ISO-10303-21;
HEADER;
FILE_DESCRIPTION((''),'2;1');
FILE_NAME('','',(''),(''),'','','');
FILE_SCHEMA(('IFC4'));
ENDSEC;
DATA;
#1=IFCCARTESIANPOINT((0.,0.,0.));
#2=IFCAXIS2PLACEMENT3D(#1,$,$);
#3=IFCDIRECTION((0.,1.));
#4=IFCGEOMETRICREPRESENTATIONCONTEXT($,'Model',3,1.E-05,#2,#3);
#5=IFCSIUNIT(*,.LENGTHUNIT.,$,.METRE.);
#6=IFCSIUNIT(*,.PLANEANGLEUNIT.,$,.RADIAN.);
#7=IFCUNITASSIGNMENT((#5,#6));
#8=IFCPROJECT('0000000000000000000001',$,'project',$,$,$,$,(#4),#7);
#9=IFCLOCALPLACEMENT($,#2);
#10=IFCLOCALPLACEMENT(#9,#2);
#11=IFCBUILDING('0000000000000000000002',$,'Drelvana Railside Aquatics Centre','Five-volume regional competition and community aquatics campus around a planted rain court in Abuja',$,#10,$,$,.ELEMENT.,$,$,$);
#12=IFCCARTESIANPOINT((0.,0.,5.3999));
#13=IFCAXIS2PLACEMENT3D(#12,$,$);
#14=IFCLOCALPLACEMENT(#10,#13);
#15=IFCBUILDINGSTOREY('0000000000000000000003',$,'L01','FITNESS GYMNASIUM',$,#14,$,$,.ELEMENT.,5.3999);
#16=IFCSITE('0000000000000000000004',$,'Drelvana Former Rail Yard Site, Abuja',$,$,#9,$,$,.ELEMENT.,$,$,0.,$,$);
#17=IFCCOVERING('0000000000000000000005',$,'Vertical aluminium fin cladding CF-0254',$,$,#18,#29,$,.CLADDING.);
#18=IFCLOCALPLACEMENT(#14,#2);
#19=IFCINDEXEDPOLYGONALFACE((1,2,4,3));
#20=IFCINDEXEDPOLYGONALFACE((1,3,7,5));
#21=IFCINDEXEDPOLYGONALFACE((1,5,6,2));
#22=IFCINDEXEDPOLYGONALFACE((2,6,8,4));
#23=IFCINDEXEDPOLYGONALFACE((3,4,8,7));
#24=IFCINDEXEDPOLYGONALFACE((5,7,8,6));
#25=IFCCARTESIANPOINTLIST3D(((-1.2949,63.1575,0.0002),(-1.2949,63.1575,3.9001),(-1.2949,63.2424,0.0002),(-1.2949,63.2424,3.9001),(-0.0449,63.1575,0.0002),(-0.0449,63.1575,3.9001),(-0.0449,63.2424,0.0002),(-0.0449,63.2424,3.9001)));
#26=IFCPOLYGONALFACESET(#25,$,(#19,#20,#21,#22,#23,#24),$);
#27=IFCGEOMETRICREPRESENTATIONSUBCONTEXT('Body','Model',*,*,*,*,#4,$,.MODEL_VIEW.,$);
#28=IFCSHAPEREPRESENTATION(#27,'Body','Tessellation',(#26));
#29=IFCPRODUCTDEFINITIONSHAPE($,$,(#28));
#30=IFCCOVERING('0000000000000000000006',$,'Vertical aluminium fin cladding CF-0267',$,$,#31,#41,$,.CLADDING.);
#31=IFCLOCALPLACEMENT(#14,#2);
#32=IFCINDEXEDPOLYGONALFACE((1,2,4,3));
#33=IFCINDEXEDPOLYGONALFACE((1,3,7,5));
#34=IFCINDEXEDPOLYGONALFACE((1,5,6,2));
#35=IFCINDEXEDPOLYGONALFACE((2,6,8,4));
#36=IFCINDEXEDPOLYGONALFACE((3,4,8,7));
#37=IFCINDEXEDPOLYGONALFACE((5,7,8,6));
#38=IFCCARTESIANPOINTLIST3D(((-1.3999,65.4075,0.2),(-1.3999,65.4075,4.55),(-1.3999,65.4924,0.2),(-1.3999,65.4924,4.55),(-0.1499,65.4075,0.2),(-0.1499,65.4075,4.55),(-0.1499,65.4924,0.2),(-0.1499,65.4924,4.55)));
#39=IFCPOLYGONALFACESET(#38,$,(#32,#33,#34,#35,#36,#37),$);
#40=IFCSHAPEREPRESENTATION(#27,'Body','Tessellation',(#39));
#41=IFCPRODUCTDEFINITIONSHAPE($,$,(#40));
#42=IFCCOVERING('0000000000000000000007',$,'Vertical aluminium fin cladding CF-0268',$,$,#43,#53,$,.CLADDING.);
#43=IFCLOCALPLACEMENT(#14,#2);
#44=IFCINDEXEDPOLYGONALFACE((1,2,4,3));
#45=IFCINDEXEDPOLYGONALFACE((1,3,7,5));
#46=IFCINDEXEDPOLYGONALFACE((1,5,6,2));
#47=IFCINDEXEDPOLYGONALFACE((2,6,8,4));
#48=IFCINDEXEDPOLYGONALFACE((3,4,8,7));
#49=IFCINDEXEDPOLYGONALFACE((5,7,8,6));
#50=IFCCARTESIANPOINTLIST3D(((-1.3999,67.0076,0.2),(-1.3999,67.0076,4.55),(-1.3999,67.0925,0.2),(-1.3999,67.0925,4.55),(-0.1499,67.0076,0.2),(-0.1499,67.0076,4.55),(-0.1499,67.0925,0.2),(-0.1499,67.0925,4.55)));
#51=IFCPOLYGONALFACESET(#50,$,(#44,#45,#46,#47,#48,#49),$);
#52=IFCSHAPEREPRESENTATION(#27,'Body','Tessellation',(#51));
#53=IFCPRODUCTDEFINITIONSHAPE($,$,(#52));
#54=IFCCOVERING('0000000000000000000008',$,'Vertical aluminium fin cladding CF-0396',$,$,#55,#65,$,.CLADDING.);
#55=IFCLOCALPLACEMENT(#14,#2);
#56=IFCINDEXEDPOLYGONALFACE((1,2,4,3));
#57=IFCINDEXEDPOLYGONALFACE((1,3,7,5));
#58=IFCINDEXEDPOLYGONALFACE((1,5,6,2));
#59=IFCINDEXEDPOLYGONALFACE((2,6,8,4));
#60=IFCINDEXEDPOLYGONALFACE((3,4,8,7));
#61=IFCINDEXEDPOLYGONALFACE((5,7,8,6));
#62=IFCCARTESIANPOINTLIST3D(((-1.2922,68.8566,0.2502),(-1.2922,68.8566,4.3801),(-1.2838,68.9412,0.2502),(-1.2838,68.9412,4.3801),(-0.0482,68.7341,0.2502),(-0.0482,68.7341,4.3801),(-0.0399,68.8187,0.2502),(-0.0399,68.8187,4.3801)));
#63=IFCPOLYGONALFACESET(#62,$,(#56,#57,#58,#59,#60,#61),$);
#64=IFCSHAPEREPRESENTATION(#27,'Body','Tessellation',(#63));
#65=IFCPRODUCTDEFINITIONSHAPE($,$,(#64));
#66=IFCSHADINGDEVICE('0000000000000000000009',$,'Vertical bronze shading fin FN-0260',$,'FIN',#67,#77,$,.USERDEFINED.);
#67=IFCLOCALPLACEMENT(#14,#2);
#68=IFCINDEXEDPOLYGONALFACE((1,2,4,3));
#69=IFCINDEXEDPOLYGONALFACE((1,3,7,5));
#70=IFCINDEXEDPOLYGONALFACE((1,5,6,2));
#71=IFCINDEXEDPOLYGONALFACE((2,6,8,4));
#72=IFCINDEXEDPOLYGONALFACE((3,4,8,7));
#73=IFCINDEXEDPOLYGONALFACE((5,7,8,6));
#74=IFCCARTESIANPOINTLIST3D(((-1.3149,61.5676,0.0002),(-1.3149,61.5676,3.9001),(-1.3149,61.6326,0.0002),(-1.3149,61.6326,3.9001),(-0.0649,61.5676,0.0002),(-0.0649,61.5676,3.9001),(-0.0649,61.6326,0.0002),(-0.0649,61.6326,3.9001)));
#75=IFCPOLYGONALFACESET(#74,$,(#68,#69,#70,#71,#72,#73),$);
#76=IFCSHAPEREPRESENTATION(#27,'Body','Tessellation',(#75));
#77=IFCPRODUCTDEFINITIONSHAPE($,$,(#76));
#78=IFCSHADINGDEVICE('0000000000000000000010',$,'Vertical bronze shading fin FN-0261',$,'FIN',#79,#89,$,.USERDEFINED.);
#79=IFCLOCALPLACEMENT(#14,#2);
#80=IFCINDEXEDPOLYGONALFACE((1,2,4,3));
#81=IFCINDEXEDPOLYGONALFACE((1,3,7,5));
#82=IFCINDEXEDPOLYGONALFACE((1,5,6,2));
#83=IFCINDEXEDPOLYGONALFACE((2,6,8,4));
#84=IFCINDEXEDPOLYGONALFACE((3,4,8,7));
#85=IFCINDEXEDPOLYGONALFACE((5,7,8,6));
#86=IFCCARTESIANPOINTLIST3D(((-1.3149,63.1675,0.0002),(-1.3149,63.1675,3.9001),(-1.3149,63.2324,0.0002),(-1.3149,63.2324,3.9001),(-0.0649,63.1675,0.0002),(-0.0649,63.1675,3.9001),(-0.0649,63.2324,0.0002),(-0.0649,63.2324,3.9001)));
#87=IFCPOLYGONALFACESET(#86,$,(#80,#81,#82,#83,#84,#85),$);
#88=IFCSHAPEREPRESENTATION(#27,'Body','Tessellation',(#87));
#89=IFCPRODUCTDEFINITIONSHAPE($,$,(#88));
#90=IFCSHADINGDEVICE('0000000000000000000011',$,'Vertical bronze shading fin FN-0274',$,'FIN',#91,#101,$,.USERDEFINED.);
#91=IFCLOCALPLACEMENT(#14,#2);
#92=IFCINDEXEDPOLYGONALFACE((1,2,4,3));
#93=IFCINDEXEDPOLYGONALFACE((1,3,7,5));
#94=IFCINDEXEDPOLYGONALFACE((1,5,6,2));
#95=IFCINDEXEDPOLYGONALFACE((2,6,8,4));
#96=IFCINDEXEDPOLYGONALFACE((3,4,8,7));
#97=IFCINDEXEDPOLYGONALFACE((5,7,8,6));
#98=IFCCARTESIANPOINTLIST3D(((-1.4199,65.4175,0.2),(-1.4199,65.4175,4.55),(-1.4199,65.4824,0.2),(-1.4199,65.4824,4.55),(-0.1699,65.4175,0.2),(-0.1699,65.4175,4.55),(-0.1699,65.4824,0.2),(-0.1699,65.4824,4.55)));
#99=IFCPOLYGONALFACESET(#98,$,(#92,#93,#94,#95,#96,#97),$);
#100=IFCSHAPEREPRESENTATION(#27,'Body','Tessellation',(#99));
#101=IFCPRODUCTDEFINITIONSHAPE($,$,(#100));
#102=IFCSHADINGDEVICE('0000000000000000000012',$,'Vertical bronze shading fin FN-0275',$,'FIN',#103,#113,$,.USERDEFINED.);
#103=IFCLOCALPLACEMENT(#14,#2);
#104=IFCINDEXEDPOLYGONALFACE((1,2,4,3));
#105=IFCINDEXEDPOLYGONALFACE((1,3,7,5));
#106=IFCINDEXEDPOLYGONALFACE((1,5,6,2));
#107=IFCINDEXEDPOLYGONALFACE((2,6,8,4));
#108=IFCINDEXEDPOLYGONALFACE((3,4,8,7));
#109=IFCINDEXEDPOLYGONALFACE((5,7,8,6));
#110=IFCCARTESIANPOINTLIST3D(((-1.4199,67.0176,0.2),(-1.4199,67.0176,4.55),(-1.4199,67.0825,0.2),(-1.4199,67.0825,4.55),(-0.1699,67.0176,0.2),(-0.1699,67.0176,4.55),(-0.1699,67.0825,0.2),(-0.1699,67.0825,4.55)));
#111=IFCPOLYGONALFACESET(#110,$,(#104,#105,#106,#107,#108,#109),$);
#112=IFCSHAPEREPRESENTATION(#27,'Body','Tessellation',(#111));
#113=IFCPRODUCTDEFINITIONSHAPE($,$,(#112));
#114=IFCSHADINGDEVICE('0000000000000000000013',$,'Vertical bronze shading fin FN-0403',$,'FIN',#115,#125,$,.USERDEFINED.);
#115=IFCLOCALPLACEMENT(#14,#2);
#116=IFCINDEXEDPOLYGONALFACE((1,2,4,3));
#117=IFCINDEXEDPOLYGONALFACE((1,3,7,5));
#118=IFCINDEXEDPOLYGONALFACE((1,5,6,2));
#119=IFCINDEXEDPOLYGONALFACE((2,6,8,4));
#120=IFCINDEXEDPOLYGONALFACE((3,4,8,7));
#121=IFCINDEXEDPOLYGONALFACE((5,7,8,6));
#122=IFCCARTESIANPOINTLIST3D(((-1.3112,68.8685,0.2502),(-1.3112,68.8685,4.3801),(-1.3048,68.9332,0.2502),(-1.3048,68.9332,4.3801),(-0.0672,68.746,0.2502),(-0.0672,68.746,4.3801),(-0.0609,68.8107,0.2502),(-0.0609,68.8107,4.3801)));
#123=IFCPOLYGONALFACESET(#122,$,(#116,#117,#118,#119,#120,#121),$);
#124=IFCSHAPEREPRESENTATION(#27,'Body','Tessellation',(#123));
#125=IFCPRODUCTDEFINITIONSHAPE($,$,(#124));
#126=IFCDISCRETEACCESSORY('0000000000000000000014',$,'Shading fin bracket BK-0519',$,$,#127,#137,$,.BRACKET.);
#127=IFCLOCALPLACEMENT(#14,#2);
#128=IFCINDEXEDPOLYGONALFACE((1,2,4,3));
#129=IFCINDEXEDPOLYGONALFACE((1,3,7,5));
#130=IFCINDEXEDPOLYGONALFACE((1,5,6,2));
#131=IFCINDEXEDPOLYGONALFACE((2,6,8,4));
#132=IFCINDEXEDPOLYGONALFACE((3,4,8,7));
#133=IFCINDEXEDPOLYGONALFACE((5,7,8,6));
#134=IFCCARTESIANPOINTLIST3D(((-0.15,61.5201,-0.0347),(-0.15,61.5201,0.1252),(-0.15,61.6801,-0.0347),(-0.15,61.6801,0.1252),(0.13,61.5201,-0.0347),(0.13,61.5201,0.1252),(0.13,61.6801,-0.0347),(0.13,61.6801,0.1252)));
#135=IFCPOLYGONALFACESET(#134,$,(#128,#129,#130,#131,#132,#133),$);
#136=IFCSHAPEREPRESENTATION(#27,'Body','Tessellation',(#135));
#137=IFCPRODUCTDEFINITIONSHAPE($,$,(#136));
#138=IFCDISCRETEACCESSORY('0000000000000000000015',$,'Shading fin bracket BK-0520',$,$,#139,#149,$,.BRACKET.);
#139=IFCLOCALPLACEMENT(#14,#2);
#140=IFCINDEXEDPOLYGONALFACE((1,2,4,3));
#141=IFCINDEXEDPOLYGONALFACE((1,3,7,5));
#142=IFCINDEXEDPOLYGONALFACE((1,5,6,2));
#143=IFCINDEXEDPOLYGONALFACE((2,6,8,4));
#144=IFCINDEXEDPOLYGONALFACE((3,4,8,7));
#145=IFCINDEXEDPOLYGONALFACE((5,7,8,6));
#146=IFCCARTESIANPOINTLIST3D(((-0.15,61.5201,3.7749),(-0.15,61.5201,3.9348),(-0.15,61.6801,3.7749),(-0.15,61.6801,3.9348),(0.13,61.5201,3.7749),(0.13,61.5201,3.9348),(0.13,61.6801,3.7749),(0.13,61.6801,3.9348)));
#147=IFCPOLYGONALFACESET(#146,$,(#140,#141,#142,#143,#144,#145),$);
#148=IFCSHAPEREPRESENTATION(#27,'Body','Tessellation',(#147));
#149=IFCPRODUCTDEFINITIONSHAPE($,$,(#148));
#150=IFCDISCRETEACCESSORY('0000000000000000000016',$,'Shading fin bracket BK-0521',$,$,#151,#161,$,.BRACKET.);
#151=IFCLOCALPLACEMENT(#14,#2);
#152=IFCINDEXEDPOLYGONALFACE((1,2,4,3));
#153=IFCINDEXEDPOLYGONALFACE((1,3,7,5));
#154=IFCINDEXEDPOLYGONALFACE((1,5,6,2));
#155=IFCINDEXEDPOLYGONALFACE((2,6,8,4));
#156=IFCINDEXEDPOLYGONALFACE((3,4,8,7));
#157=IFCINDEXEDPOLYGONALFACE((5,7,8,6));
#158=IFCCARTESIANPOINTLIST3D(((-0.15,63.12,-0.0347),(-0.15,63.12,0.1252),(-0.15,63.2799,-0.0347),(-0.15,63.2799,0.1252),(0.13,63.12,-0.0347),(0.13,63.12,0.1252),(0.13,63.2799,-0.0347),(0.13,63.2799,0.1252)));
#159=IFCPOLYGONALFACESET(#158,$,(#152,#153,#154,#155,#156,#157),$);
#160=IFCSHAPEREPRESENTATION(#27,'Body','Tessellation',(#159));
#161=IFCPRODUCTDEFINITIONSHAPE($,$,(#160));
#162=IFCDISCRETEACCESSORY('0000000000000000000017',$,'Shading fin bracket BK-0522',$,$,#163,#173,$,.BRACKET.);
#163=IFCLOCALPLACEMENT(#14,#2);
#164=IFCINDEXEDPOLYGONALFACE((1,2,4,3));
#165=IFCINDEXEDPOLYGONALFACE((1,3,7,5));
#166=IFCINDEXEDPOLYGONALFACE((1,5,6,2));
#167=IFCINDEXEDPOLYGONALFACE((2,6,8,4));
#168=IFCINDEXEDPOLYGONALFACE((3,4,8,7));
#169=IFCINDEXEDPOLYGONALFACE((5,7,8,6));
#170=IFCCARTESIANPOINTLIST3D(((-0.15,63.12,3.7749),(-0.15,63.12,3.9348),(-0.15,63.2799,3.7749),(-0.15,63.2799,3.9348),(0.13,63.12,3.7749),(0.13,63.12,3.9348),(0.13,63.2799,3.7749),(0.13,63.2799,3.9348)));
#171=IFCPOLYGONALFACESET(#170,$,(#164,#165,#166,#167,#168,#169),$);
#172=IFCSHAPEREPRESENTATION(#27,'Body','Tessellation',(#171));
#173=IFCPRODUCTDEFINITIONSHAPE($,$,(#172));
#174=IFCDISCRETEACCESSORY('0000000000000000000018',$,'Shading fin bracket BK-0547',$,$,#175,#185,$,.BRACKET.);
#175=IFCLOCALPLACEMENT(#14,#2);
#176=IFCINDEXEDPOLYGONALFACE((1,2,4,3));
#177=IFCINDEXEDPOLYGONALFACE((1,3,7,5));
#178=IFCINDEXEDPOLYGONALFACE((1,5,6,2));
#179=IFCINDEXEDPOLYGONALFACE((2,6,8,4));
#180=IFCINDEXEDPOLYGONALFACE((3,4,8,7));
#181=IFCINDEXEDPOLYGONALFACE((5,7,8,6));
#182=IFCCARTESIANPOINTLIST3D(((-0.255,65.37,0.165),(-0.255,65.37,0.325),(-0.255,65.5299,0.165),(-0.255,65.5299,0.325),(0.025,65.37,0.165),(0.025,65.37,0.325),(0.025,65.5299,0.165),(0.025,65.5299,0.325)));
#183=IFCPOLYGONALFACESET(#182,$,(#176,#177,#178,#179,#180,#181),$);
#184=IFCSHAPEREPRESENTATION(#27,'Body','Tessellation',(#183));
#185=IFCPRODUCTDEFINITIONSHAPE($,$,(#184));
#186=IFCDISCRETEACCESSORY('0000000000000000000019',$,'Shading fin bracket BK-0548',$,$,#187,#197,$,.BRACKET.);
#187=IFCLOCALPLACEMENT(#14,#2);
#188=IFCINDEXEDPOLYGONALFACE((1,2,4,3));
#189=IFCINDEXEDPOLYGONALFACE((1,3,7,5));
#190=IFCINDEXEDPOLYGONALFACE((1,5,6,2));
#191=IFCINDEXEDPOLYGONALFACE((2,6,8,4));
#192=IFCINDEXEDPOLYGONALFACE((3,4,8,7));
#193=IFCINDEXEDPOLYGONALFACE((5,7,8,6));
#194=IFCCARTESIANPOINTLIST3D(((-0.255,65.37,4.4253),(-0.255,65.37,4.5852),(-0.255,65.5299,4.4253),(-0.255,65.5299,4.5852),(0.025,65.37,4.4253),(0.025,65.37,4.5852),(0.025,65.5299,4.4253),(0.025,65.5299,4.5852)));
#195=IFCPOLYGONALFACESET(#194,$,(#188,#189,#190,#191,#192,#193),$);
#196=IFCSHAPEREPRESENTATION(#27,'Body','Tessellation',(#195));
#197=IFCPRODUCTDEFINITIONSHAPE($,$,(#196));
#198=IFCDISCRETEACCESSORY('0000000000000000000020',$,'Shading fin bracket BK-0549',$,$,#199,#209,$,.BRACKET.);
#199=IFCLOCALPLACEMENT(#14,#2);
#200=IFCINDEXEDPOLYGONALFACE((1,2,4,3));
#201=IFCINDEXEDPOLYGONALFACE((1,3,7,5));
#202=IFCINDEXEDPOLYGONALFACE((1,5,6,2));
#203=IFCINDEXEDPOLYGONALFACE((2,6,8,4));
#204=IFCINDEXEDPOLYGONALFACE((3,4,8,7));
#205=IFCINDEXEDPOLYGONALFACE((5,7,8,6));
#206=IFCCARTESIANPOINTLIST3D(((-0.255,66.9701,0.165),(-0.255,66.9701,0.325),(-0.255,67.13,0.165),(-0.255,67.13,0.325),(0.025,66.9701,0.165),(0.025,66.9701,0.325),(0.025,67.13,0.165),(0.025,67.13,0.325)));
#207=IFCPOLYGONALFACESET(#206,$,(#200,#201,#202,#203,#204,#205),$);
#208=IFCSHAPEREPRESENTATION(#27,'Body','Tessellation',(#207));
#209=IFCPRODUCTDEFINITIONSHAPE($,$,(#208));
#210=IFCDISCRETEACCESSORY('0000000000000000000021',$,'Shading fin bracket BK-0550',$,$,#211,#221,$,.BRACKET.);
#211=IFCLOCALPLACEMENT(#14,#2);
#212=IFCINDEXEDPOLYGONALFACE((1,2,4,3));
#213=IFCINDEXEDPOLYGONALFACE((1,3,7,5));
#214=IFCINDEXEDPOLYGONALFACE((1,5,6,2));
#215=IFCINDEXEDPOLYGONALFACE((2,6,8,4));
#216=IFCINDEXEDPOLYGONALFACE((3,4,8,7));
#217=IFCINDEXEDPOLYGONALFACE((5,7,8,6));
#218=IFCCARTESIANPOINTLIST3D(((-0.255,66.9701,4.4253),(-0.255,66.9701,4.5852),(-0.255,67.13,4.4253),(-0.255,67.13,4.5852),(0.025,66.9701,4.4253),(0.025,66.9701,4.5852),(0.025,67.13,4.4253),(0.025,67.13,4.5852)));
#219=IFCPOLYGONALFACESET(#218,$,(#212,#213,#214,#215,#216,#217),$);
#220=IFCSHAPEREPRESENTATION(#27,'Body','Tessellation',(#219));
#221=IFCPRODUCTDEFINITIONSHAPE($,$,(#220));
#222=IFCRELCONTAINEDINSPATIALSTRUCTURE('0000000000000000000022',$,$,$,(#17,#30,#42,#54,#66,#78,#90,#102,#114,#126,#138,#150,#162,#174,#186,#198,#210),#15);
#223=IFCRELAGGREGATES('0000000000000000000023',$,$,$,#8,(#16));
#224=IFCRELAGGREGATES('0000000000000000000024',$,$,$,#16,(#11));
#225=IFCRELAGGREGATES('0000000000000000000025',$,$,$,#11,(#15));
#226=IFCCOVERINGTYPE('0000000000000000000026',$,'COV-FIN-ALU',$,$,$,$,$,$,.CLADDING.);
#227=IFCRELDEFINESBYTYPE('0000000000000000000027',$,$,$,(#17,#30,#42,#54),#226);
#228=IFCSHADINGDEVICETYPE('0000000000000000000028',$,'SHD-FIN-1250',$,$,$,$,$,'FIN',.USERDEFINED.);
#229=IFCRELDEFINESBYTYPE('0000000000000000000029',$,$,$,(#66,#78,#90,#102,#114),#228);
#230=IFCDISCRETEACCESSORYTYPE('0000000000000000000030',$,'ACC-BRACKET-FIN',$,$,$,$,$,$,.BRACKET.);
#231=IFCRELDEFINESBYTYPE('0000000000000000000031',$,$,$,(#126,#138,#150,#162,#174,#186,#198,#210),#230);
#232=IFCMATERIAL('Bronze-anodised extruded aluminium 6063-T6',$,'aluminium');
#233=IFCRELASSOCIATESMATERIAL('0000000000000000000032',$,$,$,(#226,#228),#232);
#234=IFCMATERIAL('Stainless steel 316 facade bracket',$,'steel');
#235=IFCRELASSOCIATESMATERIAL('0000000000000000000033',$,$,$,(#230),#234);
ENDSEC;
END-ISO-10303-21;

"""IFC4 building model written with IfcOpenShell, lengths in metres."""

from ifc_helpers import new_model, si_unit, direction, frame, origin, origin_2d, place, context, subcontext, project, spatial, rectangle, extrude, material, type_object, element, save


model = new_model("IFC4")

# Units and contexts
model_context = context("Model", 3, precision=1e-05, world=origin(), true_north=direction((0.0, 1.0)))
body_context = subcontext(model_context, "Body", "Model", "MODEL_VIEW")
ifc_project = project(units=[si_unit("LENGTHUNIT", "METRE"), si_unit("PLANEANGLEUNIT", "RADIAN")], contexts=[model_context])

# Site, building, storey
site_placement = place(None, origin())
site = spatial("IfcSite", under=ifc_project, at=site_placement, Name="Drelvana Former Rail Yard Site, Abuja", CompositionType="ELEMENT", RefElevation=0.0)
building_placement = place(site_placement, origin())
building = spatial("IfcBuilding", under=site, at=building_placement, Name="Drelvana Railside Aquatics Centre", Description="Five-volume regional competition and community aquatics campus around a planted rain court in Abuja", CompositionType="ELEMENT")
storey_placement = place(building_placement, frame((0.0, 0.0, 5.3999)))
storey = spatial("IfcBuildingStorey", under=building, at=storey_placement, Name="L01", Description="FITNESS GYMNASIUM", CompositionType="ELEMENT", Elevation=5.3999)

# Coverings
ifc_material_1 = material(Name="Bronze-anodised extruded aluminium 6063-T6", Category="aluminium")
covering_type = type_object("IfcCoveringType", Name="COV-FIN-ALU", PredefinedType="CLADDING", material=ifc_material_1)
for number, where, z_axis, x_axis, name in (
    (1, (-0.6699, 63.2, 0.0002), (0.0, 0.0, 1.0), (0.0, 1.0, 0.0), "Vertical aluminium fin cladding CF-0254"),
):
    element("IfcCovering", number, at=place(storey_placement, frame(where, z_axis=z_axis, x_axis=x_axis)), inside=storey, type_object=covering_type, Name=name, PredefinedType="CLADDING", context=body_context, shape_type="SweptSolid", body=[
        extrude(rectangle(XDim=0.085, YDim=1.25, at=origin_2d()), origin(), (0.0, 0.0, 1.0), 3.8999),
    ])
for number, where, z_axis, x_axis, name in (
    (2, (-0.7749, 65.45, 0.2), (0.0, 0.0, 1.0), (0.0, 1.0, 0.0), "Vertical aluminium fin cladding CF-0267"),
    (3, (-0.7749, 67.05, 0.2), (0.0, 0.0, 1.0), (0.0, 1.0, 0.0), "Vertical aluminium fin cladding CF-0268"),
):
    element("IfcCovering", number, at=place(storey_placement, frame(where, z_axis=z_axis, x_axis=x_axis)), inside=storey, type_object=covering_type, Name=name, PredefinedType="CLADDING", context=body_context, shape_type="SweptSolid", body=[
        extrude(rectangle(XDim=0.085, YDim=1.25, at=origin_2d()), origin(), (0.0, 0.0, 1.0), 4.3501),
    ])
covering_placement = place(storey_placement, frame((-0.666, 68.8376, 0.2502), z_axis=(0.0, 0.0, 1.0), x_axis=(0.098017, 0.995185, 0.0)))
element("IfcCovering", 4, at=covering_placement, inside=storey, type_object=covering_type, Name="Vertical aluminium fin cladding CF-0396", PredefinedType="CLADDING", context=body_context, shape_type="SweptSolid", body=[
    extrude(rectangle(XDim=0.085, YDim=1.25, at=origin_2d()), origin(), (0.0, 0.0, 1.0), 4.1299),
])

# Shading devices
shading_device_type = type_object("IfcShadingDeviceType", Name="SHD-FIN-1250", ElementType="FIN", PredefinedType="USERDEFINED", material=ifc_material_1)
for number, where, z_axis, x_axis, name in (
    (5, (-0.6899, 61.6001, 0.0002), (0.0, 0.0, 1.0), (-1.0, 0.0, 0.0), "Vertical bronze shading fin FN-0260"),
    (6, (-0.6899, 63.2, 0.0002), (0.0, 0.0, 1.0), (-1.0, 0.0, 0.0), "Vertical bronze shading fin FN-0261"),
):
    element("IfcShadingDevice", number, at=place(storey_placement, frame(where, z_axis=z_axis, x_axis=x_axis)), inside=storey, type_object=shading_device_type, Name=name, ObjectType="FIN", PredefinedType="USERDEFINED", context=body_context, shape_type="SweptSolid", body=[
        extrude(rectangle(XDim=1.25, YDim=0.0649, at=origin_2d()), origin(), (0.0, 0.0, 1.0), 3.8999),
    ])
for number, where, z_axis, x_axis, name in (
    (7, (-0.7949, 65.45, 0.2), (0.0, 0.0, 1.0), (-1.0, 0.0, 0.0), "Vertical bronze shading fin FN-0274"),
    (8, (-0.7949, 67.05, 0.2), (0.0, 0.0, 1.0), (-1.0, 0.0, 0.0), "Vertical bronze shading fin FN-0275"),
):
    element("IfcShadingDevice", number, at=place(storey_placement, frame(where, z_axis=z_axis, x_axis=x_axis)), inside=storey, type_object=shading_device_type, Name=name, ObjectType="FIN", PredefinedType="USERDEFINED", context=body_context, shape_type="SweptSolid", body=[
        extrude(rectangle(XDim=1.25, YDim=0.0649, at=origin_2d()), origin(), (0.0, 0.0, 1.0), 4.3501),
    ])
shading_device_placement = place(storey_placement, frame((-0.686, 68.8396, 0.2502), z_axis=(0.0, 0.0, 1.0), x_axis=(-0.995185, 0.098017, 0.0)))
element("IfcShadingDevice", 9, at=shading_device_placement, inside=storey, type_object=shading_device_type, Name="Vertical bronze shading fin FN-0403", ObjectType="FIN", PredefinedType="USERDEFINED", context=body_context, shape_type="SweptSolid", body=[
    extrude(rectangle(XDim=1.25, YDim=0.0649, at=origin_2d()), origin(), (0.0, 0.0, 1.0), 4.1299),
])

# Discrete accessories
ifc_material_2 = material(Name="Stainless steel 316 facade bracket", Category="steel")
discrete_accessory_type = type_object("IfcDiscreteAccessoryType", Name="ACC-BRACKET-FIN", PredefinedType="BRACKET", material=ifc_material_2)
for number, where, z_axis, x_axis, name in (
    (10, (-0.01, 61.6001, -0.0347), (0.0, 0.0, 1.0), (-1.0, 0.0, 0.0), "Shading fin bracket BK-0519"),
    (11, (-0.01, 61.6001, 3.7749), (0.0, 0.0, 1.0), (-1.0, 0.0, 0.0), "Shading fin bracket BK-0520"),
    (12, (-0.01, 63.2, -0.0347), (0.0, 0.0, 1.0), (-1.0, 0.0, 0.0), "Shading fin bracket BK-0521"),
    (13, (-0.01, 63.2, 3.7749), (0.0, 0.0, 1.0), (-1.0, 0.0, 0.0), "Shading fin bracket BK-0522"),
    (14, (-0.115, 65.45, 0.165), (0.0, 0.0, 1.0), (-1.0, 0.0, 0.0), "Shading fin bracket BK-0547"),
    (15, (-0.115, 65.45, 4.4253), (0.0, 0.0, 1.0), (-1.0, 0.0, 0.0), "Shading fin bracket BK-0548"),
    (16, (-0.115, 67.05, 0.165), (0.0, 0.0, 1.0), (-1.0, 0.0, 0.0), "Shading fin bracket BK-0549"),
    (17, (-0.115, 67.05, 4.4253), (0.0, 0.0, 1.0), (-1.0, 0.0, 0.0), "Shading fin bracket BK-0550"),
):
    element("IfcDiscreteAccessory", number, at=place(storey_placement, frame(where, z_axis=z_axis, x_axis=x_axis)), inside=storey, type_object=discrete_accessory_type, Name=name, PredefinedType="BRACKET", context=body_context, shape_type="SweptSolid", body=[
        extrude(rectangle(XDim=0.28, YDim=0.1599, at=origin_2d()), origin(), (0.0, 0.0, 1.0), 0.1599),
    ])

save(model, "model.ifc")
